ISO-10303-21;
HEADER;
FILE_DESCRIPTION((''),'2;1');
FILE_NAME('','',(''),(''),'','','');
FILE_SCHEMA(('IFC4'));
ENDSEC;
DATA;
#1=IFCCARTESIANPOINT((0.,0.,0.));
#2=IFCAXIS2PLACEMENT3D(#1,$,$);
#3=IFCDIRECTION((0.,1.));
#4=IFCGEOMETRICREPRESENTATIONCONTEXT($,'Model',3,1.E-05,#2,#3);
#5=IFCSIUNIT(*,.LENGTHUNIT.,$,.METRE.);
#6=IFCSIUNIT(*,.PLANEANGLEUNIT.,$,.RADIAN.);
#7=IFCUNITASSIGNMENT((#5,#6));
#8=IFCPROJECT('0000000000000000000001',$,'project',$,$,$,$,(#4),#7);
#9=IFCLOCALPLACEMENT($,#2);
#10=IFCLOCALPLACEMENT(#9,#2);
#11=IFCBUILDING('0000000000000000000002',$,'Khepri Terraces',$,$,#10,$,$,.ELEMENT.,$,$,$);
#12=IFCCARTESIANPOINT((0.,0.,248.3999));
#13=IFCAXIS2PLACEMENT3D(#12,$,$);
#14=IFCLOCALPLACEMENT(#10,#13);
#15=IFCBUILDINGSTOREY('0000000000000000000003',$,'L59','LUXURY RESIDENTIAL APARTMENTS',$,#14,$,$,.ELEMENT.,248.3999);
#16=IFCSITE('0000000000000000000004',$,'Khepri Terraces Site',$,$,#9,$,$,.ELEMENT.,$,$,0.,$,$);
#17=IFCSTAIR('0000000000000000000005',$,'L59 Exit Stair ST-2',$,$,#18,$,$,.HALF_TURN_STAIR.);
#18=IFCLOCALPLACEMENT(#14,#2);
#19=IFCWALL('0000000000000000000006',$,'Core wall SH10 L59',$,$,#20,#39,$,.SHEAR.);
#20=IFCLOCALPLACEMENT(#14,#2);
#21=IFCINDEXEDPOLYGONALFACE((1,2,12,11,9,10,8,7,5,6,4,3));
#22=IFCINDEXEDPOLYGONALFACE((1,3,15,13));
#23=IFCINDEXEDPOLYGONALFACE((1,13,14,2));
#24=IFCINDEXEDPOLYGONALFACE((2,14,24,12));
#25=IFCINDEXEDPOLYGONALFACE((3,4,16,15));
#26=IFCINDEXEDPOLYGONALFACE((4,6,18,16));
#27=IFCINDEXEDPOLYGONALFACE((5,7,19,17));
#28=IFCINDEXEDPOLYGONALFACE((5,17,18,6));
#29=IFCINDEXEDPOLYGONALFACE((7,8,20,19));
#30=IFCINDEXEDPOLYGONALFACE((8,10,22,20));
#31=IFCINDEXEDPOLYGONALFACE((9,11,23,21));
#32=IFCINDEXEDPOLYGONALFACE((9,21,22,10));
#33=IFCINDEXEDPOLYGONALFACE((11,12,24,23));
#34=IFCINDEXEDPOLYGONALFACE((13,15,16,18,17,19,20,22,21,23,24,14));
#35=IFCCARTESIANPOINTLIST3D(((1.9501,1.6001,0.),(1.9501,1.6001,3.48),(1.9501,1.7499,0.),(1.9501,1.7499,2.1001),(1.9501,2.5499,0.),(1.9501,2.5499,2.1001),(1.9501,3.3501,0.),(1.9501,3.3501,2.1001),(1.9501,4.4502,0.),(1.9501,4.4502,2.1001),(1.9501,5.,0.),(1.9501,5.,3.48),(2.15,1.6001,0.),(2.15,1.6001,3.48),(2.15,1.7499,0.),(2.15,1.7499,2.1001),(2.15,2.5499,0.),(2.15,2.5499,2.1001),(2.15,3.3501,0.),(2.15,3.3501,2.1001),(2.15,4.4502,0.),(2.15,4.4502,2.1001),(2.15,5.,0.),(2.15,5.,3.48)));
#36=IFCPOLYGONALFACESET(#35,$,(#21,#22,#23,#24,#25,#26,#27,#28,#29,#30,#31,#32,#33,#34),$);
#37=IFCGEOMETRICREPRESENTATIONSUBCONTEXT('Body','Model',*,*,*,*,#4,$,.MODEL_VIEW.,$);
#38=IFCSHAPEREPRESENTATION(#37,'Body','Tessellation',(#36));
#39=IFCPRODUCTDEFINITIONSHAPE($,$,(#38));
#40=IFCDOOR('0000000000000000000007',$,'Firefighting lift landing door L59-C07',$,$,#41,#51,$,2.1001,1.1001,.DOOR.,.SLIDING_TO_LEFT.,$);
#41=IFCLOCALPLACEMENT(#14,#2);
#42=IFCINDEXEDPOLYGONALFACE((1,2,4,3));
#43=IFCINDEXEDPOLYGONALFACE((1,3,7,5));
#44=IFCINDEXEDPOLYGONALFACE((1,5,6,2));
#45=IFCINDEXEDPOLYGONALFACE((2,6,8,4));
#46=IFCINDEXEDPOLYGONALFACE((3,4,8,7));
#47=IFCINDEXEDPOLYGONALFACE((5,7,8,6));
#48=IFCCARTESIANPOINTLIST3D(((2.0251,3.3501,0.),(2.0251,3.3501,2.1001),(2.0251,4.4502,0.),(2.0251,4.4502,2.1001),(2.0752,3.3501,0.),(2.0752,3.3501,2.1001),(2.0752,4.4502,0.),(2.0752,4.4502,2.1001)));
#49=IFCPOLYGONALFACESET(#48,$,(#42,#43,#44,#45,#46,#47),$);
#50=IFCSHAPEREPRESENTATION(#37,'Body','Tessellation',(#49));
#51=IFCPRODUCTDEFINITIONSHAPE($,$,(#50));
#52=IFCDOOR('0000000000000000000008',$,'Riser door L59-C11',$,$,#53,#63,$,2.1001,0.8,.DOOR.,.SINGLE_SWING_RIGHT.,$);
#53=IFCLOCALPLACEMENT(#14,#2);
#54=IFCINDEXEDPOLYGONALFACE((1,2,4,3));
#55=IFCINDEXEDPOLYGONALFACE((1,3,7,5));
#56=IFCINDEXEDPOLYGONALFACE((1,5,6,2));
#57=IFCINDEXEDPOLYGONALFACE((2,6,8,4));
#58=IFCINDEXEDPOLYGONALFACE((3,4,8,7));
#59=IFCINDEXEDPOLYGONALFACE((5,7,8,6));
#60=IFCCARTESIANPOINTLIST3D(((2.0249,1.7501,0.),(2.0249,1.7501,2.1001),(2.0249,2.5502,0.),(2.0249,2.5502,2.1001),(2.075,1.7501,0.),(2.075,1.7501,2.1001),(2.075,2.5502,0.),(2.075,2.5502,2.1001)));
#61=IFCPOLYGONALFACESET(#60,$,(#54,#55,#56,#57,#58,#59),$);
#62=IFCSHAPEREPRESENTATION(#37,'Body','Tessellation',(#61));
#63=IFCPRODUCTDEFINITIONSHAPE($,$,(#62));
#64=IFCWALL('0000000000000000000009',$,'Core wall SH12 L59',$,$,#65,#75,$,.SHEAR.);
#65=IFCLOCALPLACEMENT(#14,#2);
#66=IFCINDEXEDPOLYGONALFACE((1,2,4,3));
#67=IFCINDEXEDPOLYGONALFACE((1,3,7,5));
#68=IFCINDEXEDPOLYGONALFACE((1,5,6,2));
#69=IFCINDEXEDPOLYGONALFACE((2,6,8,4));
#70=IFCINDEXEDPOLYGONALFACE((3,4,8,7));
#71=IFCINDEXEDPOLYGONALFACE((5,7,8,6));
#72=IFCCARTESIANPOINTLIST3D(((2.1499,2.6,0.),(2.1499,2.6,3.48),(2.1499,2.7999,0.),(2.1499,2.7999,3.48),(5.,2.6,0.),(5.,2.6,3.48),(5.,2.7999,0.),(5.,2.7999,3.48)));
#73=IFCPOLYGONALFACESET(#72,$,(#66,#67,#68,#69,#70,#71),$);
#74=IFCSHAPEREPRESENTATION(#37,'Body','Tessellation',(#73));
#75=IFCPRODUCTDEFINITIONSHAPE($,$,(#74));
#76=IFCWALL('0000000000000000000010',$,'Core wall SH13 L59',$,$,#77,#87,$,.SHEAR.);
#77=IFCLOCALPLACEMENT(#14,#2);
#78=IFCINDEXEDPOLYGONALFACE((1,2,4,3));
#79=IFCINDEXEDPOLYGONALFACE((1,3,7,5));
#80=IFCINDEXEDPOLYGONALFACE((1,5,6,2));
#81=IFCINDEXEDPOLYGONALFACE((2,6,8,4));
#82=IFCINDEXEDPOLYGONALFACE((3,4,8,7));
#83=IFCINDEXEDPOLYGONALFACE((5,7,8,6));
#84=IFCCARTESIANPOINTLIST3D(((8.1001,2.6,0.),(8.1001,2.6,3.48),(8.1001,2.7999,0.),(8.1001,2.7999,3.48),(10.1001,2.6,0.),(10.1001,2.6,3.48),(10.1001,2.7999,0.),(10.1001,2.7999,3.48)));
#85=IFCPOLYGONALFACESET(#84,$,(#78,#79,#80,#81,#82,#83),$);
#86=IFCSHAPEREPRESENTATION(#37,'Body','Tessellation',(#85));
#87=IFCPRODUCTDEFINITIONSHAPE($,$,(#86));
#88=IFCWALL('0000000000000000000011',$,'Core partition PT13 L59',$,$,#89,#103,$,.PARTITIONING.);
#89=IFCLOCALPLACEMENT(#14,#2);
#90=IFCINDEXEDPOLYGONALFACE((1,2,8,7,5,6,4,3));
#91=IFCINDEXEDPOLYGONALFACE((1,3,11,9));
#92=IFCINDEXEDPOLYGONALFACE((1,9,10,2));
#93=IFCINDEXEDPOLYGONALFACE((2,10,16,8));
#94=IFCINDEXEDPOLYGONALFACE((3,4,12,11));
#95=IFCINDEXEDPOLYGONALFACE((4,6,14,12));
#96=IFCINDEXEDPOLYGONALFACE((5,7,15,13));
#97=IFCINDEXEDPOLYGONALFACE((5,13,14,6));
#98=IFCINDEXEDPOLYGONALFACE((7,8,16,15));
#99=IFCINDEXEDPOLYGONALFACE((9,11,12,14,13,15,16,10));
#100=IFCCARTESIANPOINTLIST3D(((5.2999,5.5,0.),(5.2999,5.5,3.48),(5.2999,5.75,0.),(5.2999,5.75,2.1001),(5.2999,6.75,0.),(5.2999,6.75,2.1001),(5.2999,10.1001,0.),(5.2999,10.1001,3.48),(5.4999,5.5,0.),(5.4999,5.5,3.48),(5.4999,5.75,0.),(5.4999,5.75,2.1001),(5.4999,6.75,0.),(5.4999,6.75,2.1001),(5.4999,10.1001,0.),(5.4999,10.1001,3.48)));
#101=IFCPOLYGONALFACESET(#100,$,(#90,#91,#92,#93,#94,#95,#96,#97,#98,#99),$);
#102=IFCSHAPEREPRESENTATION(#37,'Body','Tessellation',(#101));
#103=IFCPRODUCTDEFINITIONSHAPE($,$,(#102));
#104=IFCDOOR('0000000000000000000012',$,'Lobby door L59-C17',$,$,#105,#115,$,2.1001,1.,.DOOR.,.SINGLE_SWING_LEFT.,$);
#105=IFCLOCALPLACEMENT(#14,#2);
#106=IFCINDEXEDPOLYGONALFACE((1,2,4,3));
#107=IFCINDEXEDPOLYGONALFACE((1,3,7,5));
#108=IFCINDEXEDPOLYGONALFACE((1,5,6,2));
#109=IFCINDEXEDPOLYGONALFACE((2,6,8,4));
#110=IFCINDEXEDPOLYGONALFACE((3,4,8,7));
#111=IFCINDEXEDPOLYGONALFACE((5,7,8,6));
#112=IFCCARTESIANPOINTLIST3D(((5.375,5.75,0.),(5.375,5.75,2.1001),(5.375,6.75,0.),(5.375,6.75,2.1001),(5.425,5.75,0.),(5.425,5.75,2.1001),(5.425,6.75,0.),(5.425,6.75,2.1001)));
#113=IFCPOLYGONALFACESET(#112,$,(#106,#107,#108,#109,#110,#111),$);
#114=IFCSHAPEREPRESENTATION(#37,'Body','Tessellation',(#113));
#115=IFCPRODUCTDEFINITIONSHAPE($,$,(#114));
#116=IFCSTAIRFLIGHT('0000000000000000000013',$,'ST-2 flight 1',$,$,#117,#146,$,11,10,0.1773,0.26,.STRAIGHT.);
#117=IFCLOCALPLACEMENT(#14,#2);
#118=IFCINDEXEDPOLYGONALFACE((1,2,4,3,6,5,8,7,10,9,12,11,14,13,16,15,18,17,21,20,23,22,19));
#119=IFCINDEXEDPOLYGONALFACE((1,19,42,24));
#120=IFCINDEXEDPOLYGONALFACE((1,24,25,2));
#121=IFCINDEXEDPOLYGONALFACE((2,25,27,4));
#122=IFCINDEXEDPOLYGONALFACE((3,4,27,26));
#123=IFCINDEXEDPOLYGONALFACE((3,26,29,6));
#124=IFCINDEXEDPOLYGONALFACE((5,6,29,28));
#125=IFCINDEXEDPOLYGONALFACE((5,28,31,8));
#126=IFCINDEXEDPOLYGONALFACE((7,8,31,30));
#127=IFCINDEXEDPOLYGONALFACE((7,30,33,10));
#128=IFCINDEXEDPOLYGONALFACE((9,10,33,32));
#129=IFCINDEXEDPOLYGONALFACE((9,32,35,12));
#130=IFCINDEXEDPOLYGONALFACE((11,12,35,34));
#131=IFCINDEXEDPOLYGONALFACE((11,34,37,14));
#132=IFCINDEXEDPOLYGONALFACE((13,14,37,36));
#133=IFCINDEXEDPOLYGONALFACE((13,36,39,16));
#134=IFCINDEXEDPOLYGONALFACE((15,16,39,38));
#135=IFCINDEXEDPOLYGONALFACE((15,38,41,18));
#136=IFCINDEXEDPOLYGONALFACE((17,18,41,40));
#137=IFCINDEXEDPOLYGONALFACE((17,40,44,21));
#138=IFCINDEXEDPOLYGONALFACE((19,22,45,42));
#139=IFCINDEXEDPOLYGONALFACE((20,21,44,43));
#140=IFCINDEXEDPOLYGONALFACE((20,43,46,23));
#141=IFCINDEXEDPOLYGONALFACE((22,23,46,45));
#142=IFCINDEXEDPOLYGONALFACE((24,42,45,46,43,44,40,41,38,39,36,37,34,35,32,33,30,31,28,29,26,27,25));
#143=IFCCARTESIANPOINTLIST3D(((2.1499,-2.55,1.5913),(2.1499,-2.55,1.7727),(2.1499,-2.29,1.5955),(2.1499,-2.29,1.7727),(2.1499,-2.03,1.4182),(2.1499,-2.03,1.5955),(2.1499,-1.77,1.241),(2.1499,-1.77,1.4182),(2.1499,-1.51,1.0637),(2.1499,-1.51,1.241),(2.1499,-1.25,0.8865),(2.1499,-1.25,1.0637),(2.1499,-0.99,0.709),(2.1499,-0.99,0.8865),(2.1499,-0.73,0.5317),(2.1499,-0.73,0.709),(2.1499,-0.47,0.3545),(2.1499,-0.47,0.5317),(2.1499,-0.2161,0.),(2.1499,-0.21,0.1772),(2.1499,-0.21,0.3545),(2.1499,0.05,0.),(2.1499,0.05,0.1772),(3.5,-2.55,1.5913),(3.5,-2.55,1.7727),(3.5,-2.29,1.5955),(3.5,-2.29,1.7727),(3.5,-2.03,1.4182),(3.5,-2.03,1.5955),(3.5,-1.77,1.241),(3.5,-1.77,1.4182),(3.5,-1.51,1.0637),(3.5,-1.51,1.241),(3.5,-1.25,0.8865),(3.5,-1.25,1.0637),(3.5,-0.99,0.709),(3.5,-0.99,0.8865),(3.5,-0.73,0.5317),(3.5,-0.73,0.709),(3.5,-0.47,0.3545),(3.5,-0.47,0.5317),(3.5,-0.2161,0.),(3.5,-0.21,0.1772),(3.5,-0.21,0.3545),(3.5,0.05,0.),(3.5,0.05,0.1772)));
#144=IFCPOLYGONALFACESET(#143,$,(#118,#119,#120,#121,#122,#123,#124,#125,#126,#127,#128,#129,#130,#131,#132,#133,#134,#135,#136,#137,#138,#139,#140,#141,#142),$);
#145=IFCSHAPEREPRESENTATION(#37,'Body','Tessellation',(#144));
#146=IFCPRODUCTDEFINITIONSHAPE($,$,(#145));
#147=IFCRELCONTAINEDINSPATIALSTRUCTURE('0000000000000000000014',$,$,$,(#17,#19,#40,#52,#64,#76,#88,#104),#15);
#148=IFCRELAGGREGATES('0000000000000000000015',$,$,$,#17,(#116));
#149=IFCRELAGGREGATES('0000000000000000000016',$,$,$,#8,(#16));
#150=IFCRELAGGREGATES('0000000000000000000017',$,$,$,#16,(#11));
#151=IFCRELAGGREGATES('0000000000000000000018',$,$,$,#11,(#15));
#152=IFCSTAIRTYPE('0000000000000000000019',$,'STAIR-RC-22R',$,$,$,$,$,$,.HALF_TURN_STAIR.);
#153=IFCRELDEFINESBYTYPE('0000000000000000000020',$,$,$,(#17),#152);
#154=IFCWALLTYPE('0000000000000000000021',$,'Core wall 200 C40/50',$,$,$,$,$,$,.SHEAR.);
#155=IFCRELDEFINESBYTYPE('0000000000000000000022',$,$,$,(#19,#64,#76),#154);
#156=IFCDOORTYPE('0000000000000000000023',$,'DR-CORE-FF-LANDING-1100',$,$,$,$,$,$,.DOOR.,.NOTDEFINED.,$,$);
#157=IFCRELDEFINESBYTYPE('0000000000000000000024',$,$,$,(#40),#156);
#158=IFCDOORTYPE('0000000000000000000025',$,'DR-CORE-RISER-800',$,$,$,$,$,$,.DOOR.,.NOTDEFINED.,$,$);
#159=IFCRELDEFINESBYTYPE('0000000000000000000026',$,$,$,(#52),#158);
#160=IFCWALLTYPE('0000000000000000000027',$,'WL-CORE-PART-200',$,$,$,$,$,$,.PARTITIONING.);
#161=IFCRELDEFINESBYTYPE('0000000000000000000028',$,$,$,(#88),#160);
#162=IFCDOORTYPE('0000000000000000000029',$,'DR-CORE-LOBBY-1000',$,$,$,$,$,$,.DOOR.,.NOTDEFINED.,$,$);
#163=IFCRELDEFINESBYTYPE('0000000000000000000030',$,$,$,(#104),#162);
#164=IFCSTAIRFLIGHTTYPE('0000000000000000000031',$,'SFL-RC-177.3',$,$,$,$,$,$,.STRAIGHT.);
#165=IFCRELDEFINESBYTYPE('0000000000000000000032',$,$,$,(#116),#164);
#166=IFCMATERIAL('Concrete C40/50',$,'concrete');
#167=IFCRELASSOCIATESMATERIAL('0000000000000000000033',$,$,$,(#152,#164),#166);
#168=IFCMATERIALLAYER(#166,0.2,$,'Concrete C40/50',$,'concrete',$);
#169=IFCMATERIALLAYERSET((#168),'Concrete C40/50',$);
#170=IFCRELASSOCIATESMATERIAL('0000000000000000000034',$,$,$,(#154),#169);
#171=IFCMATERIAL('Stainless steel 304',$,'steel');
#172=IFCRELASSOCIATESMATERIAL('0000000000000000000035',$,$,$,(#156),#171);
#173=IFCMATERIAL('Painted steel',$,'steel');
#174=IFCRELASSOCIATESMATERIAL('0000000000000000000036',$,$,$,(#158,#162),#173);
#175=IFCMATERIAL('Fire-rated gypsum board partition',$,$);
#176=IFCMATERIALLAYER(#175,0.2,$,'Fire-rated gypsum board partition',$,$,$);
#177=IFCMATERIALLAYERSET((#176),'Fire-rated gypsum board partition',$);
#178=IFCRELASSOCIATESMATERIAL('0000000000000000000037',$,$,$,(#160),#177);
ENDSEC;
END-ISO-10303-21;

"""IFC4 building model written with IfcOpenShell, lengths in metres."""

from ifc_helpers import new_model, si_unit, direction, frame, frame_2d, origin, place, context, subcontext, project, spatial, polyline, rectangle, outline, extrude, material, layer, layer_set, type_object, element, fill, aggregate, save


model = new_model("IFC4")

# Units and contexts
model_context = context("Model", 3, precision=1e-05, world=origin(), true_north=direction((0.0, 1.0)))
body_context = subcontext(model_context, "Body", "Model", "MODEL_VIEW")
ifc_project = project(units=[si_unit("LENGTHUNIT", "METRE"), si_unit("PLANEANGLEUNIT", "RADIAN")], contexts=[model_context])

# Site, building, storey
site_placement = place(None, origin())
site = spatial("IfcSite", under=ifc_project, at=site_placement, Name="Khepri Terraces Site", CompositionType="ELEMENT", RefElevation=0.0)
building_placement = place(site_placement, origin())
building = spatial("IfcBuilding", under=site, at=building_placement, Name="Khepri Terraces", CompositionType="ELEMENT")
storey_placement = place(building_placement, frame((0.0, 0.0, 248.3999)))
storey = spatial("IfcBuildingStorey", under=building, at=storey_placement, Name="L59", Description="LUXURY RESIDENTIAL APARTMENTS", CompositionType="ELEMENT", Elevation=248.3999)

# Stair
ifc_material_1 = material(Name="Concrete C40/50", Category="concrete")
stair_type = type_object("IfcStairType", Name="STAIR-RC-22R", PredefinedType="HALF_TURN_STAIR", material=ifc_material_1)
stair_1_placement = place(storey_placement, origin())
stair_1 = element("IfcStair", 1, at=stair_1_placement, inside=storey, type_object=stair_type, Name="L59 Exit Stair ST-2", PredefinedType="HALF_TURN_STAIR")

# Shared definitions
ifc_layer_1 = layer(ifc_material_1, 0.2, Name="Concrete C40/50", Category="concrete")
ifc_layer_set_1 = layer_set([ifc_layer_1], Name="Concrete C40/50")
wall_type_1 = type_object("IfcWallType", Name="Core wall 200 C40/50", PredefinedType="SHEAR", material=ifc_layer_set_1)

# Shared definitions
ifc_material_2 = material(Name="Painted steel", Category="steel")

# Wall, openings, doors
wall_1_placement = place(storey_placement, frame((2.05, 1.6001, 0.0), z_axis=(0.0, 0.0, 1.0), x_axis=(0.0, 1.0, 0.0)))
wall_1 = element("IfcWall", 2, at=wall_1_placement, inside=storey, type_object=wall_type_1, Name="Core wall SH10 L59", PredefinedType="SHEAR", context=body_context, shape_type="SweptSolid", body=[
    extrude(rectangle(XDim=3.3999, YDim=0.2, at=frame_2d((1.7, 0.0))), origin(), (0.0, 0.0, 1.0), 3.48),
])
opening_1_placement = place(wall_1_placement, frame((1.75, 0.0, 0.0)))
opening_1 = element("IfcOpeningElement", 3, at=opening_1_placement, cuts=wall_1, PredefinedType="OPENING", context=body_context, shape_type="SweptSolid", body=[
    extrude(rectangle(XDim=1.1001, YDim=2.1001, at=frame_2d((0.55, 1.05))), frame((0.0, 0.1099, 0.0), z_axis=(0.0, -1.0, 0.0), x_axis=(1.0, 0.0, 0.0)), (0.0, 0.0, 1.0), 0.22),
])
opening_2_placement = place(wall_1_placement, frame((0.1499, 0.0, 0.0)))
opening_2 = element("IfcOpeningElement", 4, at=opening_2_placement, cuts=wall_1, PredefinedType="OPENING", context=body_context, shape_type="SweptSolid", body=[
    extrude(rectangle(XDim=0.8, YDim=2.1001, at=frame_2d((0.3999, 1.05))), frame((0.0, 0.1099, 0.0), z_axis=(0.0, -1.0, 0.0), x_axis=(1.0, 0.0, 0.0)), (0.0, 0.0, 1.0), 0.22),
])
ifc_material_3 = material(Name="Stainless steel 304", Category="steel")
door_type_1 = type_object("IfcDoorType", Name="DR-CORE-FF-LANDING-1100", OperationType="NOTDEFINED", PredefinedType="DOOR", material=ifc_material_3)
door_1_placement = place(opening_1_placement, origin())
door_1 = element("IfcDoor", 5, at=door_1_placement, inside=storey, type_object=door_type_1, Name="Firefighting lift landing door L59-C07", OperationType="SLIDING_TO_LEFT", OverallHeight=2.1001, OverallWidth=1.1001, PredefinedType="DOOR", context=body_context, shape_type="SweptSolid", body=[
    extrude(rectangle(XDim=1.1001, YDim=2.1001, at=frame_2d((0.55, 1.05))), frame((0.0, 0.0249, 0.0), z_axis=(0.0, -1.0, 0.0), x_axis=(1.0, 0.0, 0.0)), (0.0, 0.0, 1.0), 0.05),
])
fill(opening_1, door_1)
door_type_2 = type_object("IfcDoorType", Name="DR-CORE-RISER-800", OperationType="NOTDEFINED", PredefinedType="DOOR", material=ifc_material_2)
door_2_placement = place(opening_2_placement, frame((0.8, 0.0, 0.0), z_axis=(0.0, 0.0, 1.0), x_axis=(-1.0, 0.0, 0.0)))
door_2 = element("IfcDoor", 6, at=door_2_placement, inside=storey, type_object=door_type_2, Name="Riser door L59-C11", OperationType="SINGLE_SWING_RIGHT", OverallHeight=2.1001, OverallWidth=0.8, PredefinedType="DOOR", context=body_context, shape_type="SweptSolid", body=[
    extrude(rectangle(XDim=0.8, YDim=2.1001, at=frame_2d((0.3999, 1.05))), frame((0.0, 0.0249, 0.0), z_axis=(0.0, -1.0, 0.0), x_axis=(1.0, 0.0, 0.0)), (0.0, 0.0, 1.0), 0.05),
])
fill(opening_2, door_2)

# Walls
wall_2_placement = place(storey_placement, frame((2.1499, 2.7, 0.0), z_axis=(0.0, 0.0, 1.0), x_axis=(1.0, 0.0, 0.0)))
element("IfcWall", 7, at=wall_2_placement, inside=storey, type_object=wall_type_1, Name="Core wall SH12 L59", PredefinedType="SHEAR", context=body_context, shape_type="SweptSolid", body=[
    extrude(rectangle(XDim=2.8501, YDim=0.2, at=frame_2d((1.425, 0.0))), origin(), (0.0, 0.0, 1.0), 3.48),
])
wall_3_placement = place(storey_placement, frame((8.1001, 2.7, 0.0), z_axis=(0.0, 0.0, 1.0), x_axis=(1.0, 0.0, 0.0)))
element("IfcWall", 8, at=wall_3_placement, inside=storey, type_object=wall_type_1, Name="Core wall SH13 L59", PredefinedType="SHEAR", context=body_context, shape_type="SweptSolid", body=[
    extrude(rectangle(XDim=2.0, YDim=0.2, at=frame_2d((1.0, 0.0))), origin(), (0.0, 0.0, 1.0), 3.48),
])

# Wall, opening, door
ifc_material_4 = material(Name="Fire-rated gypsum board partition")
ifc_layer_2 = layer(ifc_material_4, 0.2, Name="Fire-rated gypsum board partition")
ifc_layer_set_2 = layer_set([ifc_layer_2], Name="Fire-rated gypsum board partition")
wall_type_2 = type_object("IfcWallType", Name="WL-CORE-PART-200", PredefinedType="PARTITIONING", material=ifc_layer_set_2)
wall_4_placement = place(storey_placement, frame((5.3999, 5.5, 0.0), z_axis=(0.0, 0.0, 1.0), x_axis=(0.0, 1.0, 0.0)))
wall_4 = element("IfcWall", 9, at=wall_4_placement, inside=storey, type_object=wall_type_2, Name="Core partition PT13 L59", PredefinedType="PARTITIONING", context=body_context, shape_type="SweptSolid", body=[
    extrude(rectangle(XDim=4.6001, YDim=0.2, at=frame_2d((2.3, 0.0))), origin(), (0.0, 0.0, 1.0), 3.48),
])
opening_3_placement = place(wall_4_placement, frame((0.25, 0.0, 0.0)))
opening_3 = element("IfcOpeningElement", 10, at=opening_3_placement, cuts=wall_4, PredefinedType="OPENING", context=body_context, shape_type="SweptSolid", body=[
    extrude(rectangle(XDim=1.0, YDim=2.1001, at=frame_2d((0.5, 1.05))), frame((0.0, 0.1099, 0.0), z_axis=(0.0, -1.0, 0.0), x_axis=(1.0, 0.0, 0.0)), (0.0, 0.0, 1.0), 0.22),
])
door_type_3 = type_object("IfcDoorType", Name="DR-CORE-LOBBY-1000", OperationType="NOTDEFINED", PredefinedType="DOOR", material=ifc_material_2)
door_3_placement = place(opening_3_placement, origin())
door_3 = element("IfcDoor", 11, at=door_3_placement, inside=storey, type_object=door_type_3, Name="Lobby door L59-C17", OperationType="SINGLE_SWING_LEFT", OverallHeight=2.1001, OverallWidth=1.0, PredefinedType="DOOR", context=body_context, shape_type="SweptSolid", body=[
    extrude(rectangle(XDim=1.0, YDim=2.1001, at=frame_2d((0.5, 1.05))), frame((0.0, 0.0249, 0.0), z_axis=(0.0, -1.0, 0.0), x_axis=(1.0, 0.0, 0.0)), (0.0, 0.0, 1.0), 0.05),
])
fill(opening_3, door_3)

# Stair flight
stair_flight_type = type_object("IfcStairFlightType", Name="SFL-RC-177.3", PredefinedType="STRAIGHT", material=ifc_material_1)
stair_flight_placement = place(storey_placement, frame((2.825, 0.05, 0.0), z_axis=(0.0, 0.0, 1.0), x_axis=(0.0, -1.0, 0.0)))
stair_flight = element("IfcStairFlight", 12, at=stair_flight_placement, type_object=stair_flight_type, Name="ST-2 flight 1", NumberOfRisers=11, NumberOfTreads=10, PredefinedType="STRAIGHT", RiserHeight=0.1773, TreadLength=0.26, context=body_context, shape_type="SweptSolid", body=[
    extrude(outline(polyline([(0.0, 0.0), (0.0, 0.1772), (0.26, 0.1772), (0.26, 0.3545), (0.52, 0.3545), (0.52, 0.5317), (0.78, 0.5317), (0.78, 0.709), (1.04, 0.709), (1.04, 0.8865), (1.3, 0.8865), (1.3, 1.0637), (1.5601, 1.0637), (1.5601, 1.241), (1.8201, 1.241), (1.8201, 1.4182), (2.0801, 1.4182), (2.0801, 1.5955), (2.3401, 1.5955), (2.3401, 1.7727), (2.6001, 1.7727), (2.6001, 1.95), (2.6001, 1.5913), (0.2661, 0.0), (0.0, 0.0)])), frame((0.0, 0.675, 0.0), z_axis=(0.0, -1.0, 0.0), x_axis=(1.0, 0.0, 0.0)), (0.0, 0.0, 1.0), 1.3501),
])
aggregate(stair_1, [stair_flight])

save(model, "model.ifc")
